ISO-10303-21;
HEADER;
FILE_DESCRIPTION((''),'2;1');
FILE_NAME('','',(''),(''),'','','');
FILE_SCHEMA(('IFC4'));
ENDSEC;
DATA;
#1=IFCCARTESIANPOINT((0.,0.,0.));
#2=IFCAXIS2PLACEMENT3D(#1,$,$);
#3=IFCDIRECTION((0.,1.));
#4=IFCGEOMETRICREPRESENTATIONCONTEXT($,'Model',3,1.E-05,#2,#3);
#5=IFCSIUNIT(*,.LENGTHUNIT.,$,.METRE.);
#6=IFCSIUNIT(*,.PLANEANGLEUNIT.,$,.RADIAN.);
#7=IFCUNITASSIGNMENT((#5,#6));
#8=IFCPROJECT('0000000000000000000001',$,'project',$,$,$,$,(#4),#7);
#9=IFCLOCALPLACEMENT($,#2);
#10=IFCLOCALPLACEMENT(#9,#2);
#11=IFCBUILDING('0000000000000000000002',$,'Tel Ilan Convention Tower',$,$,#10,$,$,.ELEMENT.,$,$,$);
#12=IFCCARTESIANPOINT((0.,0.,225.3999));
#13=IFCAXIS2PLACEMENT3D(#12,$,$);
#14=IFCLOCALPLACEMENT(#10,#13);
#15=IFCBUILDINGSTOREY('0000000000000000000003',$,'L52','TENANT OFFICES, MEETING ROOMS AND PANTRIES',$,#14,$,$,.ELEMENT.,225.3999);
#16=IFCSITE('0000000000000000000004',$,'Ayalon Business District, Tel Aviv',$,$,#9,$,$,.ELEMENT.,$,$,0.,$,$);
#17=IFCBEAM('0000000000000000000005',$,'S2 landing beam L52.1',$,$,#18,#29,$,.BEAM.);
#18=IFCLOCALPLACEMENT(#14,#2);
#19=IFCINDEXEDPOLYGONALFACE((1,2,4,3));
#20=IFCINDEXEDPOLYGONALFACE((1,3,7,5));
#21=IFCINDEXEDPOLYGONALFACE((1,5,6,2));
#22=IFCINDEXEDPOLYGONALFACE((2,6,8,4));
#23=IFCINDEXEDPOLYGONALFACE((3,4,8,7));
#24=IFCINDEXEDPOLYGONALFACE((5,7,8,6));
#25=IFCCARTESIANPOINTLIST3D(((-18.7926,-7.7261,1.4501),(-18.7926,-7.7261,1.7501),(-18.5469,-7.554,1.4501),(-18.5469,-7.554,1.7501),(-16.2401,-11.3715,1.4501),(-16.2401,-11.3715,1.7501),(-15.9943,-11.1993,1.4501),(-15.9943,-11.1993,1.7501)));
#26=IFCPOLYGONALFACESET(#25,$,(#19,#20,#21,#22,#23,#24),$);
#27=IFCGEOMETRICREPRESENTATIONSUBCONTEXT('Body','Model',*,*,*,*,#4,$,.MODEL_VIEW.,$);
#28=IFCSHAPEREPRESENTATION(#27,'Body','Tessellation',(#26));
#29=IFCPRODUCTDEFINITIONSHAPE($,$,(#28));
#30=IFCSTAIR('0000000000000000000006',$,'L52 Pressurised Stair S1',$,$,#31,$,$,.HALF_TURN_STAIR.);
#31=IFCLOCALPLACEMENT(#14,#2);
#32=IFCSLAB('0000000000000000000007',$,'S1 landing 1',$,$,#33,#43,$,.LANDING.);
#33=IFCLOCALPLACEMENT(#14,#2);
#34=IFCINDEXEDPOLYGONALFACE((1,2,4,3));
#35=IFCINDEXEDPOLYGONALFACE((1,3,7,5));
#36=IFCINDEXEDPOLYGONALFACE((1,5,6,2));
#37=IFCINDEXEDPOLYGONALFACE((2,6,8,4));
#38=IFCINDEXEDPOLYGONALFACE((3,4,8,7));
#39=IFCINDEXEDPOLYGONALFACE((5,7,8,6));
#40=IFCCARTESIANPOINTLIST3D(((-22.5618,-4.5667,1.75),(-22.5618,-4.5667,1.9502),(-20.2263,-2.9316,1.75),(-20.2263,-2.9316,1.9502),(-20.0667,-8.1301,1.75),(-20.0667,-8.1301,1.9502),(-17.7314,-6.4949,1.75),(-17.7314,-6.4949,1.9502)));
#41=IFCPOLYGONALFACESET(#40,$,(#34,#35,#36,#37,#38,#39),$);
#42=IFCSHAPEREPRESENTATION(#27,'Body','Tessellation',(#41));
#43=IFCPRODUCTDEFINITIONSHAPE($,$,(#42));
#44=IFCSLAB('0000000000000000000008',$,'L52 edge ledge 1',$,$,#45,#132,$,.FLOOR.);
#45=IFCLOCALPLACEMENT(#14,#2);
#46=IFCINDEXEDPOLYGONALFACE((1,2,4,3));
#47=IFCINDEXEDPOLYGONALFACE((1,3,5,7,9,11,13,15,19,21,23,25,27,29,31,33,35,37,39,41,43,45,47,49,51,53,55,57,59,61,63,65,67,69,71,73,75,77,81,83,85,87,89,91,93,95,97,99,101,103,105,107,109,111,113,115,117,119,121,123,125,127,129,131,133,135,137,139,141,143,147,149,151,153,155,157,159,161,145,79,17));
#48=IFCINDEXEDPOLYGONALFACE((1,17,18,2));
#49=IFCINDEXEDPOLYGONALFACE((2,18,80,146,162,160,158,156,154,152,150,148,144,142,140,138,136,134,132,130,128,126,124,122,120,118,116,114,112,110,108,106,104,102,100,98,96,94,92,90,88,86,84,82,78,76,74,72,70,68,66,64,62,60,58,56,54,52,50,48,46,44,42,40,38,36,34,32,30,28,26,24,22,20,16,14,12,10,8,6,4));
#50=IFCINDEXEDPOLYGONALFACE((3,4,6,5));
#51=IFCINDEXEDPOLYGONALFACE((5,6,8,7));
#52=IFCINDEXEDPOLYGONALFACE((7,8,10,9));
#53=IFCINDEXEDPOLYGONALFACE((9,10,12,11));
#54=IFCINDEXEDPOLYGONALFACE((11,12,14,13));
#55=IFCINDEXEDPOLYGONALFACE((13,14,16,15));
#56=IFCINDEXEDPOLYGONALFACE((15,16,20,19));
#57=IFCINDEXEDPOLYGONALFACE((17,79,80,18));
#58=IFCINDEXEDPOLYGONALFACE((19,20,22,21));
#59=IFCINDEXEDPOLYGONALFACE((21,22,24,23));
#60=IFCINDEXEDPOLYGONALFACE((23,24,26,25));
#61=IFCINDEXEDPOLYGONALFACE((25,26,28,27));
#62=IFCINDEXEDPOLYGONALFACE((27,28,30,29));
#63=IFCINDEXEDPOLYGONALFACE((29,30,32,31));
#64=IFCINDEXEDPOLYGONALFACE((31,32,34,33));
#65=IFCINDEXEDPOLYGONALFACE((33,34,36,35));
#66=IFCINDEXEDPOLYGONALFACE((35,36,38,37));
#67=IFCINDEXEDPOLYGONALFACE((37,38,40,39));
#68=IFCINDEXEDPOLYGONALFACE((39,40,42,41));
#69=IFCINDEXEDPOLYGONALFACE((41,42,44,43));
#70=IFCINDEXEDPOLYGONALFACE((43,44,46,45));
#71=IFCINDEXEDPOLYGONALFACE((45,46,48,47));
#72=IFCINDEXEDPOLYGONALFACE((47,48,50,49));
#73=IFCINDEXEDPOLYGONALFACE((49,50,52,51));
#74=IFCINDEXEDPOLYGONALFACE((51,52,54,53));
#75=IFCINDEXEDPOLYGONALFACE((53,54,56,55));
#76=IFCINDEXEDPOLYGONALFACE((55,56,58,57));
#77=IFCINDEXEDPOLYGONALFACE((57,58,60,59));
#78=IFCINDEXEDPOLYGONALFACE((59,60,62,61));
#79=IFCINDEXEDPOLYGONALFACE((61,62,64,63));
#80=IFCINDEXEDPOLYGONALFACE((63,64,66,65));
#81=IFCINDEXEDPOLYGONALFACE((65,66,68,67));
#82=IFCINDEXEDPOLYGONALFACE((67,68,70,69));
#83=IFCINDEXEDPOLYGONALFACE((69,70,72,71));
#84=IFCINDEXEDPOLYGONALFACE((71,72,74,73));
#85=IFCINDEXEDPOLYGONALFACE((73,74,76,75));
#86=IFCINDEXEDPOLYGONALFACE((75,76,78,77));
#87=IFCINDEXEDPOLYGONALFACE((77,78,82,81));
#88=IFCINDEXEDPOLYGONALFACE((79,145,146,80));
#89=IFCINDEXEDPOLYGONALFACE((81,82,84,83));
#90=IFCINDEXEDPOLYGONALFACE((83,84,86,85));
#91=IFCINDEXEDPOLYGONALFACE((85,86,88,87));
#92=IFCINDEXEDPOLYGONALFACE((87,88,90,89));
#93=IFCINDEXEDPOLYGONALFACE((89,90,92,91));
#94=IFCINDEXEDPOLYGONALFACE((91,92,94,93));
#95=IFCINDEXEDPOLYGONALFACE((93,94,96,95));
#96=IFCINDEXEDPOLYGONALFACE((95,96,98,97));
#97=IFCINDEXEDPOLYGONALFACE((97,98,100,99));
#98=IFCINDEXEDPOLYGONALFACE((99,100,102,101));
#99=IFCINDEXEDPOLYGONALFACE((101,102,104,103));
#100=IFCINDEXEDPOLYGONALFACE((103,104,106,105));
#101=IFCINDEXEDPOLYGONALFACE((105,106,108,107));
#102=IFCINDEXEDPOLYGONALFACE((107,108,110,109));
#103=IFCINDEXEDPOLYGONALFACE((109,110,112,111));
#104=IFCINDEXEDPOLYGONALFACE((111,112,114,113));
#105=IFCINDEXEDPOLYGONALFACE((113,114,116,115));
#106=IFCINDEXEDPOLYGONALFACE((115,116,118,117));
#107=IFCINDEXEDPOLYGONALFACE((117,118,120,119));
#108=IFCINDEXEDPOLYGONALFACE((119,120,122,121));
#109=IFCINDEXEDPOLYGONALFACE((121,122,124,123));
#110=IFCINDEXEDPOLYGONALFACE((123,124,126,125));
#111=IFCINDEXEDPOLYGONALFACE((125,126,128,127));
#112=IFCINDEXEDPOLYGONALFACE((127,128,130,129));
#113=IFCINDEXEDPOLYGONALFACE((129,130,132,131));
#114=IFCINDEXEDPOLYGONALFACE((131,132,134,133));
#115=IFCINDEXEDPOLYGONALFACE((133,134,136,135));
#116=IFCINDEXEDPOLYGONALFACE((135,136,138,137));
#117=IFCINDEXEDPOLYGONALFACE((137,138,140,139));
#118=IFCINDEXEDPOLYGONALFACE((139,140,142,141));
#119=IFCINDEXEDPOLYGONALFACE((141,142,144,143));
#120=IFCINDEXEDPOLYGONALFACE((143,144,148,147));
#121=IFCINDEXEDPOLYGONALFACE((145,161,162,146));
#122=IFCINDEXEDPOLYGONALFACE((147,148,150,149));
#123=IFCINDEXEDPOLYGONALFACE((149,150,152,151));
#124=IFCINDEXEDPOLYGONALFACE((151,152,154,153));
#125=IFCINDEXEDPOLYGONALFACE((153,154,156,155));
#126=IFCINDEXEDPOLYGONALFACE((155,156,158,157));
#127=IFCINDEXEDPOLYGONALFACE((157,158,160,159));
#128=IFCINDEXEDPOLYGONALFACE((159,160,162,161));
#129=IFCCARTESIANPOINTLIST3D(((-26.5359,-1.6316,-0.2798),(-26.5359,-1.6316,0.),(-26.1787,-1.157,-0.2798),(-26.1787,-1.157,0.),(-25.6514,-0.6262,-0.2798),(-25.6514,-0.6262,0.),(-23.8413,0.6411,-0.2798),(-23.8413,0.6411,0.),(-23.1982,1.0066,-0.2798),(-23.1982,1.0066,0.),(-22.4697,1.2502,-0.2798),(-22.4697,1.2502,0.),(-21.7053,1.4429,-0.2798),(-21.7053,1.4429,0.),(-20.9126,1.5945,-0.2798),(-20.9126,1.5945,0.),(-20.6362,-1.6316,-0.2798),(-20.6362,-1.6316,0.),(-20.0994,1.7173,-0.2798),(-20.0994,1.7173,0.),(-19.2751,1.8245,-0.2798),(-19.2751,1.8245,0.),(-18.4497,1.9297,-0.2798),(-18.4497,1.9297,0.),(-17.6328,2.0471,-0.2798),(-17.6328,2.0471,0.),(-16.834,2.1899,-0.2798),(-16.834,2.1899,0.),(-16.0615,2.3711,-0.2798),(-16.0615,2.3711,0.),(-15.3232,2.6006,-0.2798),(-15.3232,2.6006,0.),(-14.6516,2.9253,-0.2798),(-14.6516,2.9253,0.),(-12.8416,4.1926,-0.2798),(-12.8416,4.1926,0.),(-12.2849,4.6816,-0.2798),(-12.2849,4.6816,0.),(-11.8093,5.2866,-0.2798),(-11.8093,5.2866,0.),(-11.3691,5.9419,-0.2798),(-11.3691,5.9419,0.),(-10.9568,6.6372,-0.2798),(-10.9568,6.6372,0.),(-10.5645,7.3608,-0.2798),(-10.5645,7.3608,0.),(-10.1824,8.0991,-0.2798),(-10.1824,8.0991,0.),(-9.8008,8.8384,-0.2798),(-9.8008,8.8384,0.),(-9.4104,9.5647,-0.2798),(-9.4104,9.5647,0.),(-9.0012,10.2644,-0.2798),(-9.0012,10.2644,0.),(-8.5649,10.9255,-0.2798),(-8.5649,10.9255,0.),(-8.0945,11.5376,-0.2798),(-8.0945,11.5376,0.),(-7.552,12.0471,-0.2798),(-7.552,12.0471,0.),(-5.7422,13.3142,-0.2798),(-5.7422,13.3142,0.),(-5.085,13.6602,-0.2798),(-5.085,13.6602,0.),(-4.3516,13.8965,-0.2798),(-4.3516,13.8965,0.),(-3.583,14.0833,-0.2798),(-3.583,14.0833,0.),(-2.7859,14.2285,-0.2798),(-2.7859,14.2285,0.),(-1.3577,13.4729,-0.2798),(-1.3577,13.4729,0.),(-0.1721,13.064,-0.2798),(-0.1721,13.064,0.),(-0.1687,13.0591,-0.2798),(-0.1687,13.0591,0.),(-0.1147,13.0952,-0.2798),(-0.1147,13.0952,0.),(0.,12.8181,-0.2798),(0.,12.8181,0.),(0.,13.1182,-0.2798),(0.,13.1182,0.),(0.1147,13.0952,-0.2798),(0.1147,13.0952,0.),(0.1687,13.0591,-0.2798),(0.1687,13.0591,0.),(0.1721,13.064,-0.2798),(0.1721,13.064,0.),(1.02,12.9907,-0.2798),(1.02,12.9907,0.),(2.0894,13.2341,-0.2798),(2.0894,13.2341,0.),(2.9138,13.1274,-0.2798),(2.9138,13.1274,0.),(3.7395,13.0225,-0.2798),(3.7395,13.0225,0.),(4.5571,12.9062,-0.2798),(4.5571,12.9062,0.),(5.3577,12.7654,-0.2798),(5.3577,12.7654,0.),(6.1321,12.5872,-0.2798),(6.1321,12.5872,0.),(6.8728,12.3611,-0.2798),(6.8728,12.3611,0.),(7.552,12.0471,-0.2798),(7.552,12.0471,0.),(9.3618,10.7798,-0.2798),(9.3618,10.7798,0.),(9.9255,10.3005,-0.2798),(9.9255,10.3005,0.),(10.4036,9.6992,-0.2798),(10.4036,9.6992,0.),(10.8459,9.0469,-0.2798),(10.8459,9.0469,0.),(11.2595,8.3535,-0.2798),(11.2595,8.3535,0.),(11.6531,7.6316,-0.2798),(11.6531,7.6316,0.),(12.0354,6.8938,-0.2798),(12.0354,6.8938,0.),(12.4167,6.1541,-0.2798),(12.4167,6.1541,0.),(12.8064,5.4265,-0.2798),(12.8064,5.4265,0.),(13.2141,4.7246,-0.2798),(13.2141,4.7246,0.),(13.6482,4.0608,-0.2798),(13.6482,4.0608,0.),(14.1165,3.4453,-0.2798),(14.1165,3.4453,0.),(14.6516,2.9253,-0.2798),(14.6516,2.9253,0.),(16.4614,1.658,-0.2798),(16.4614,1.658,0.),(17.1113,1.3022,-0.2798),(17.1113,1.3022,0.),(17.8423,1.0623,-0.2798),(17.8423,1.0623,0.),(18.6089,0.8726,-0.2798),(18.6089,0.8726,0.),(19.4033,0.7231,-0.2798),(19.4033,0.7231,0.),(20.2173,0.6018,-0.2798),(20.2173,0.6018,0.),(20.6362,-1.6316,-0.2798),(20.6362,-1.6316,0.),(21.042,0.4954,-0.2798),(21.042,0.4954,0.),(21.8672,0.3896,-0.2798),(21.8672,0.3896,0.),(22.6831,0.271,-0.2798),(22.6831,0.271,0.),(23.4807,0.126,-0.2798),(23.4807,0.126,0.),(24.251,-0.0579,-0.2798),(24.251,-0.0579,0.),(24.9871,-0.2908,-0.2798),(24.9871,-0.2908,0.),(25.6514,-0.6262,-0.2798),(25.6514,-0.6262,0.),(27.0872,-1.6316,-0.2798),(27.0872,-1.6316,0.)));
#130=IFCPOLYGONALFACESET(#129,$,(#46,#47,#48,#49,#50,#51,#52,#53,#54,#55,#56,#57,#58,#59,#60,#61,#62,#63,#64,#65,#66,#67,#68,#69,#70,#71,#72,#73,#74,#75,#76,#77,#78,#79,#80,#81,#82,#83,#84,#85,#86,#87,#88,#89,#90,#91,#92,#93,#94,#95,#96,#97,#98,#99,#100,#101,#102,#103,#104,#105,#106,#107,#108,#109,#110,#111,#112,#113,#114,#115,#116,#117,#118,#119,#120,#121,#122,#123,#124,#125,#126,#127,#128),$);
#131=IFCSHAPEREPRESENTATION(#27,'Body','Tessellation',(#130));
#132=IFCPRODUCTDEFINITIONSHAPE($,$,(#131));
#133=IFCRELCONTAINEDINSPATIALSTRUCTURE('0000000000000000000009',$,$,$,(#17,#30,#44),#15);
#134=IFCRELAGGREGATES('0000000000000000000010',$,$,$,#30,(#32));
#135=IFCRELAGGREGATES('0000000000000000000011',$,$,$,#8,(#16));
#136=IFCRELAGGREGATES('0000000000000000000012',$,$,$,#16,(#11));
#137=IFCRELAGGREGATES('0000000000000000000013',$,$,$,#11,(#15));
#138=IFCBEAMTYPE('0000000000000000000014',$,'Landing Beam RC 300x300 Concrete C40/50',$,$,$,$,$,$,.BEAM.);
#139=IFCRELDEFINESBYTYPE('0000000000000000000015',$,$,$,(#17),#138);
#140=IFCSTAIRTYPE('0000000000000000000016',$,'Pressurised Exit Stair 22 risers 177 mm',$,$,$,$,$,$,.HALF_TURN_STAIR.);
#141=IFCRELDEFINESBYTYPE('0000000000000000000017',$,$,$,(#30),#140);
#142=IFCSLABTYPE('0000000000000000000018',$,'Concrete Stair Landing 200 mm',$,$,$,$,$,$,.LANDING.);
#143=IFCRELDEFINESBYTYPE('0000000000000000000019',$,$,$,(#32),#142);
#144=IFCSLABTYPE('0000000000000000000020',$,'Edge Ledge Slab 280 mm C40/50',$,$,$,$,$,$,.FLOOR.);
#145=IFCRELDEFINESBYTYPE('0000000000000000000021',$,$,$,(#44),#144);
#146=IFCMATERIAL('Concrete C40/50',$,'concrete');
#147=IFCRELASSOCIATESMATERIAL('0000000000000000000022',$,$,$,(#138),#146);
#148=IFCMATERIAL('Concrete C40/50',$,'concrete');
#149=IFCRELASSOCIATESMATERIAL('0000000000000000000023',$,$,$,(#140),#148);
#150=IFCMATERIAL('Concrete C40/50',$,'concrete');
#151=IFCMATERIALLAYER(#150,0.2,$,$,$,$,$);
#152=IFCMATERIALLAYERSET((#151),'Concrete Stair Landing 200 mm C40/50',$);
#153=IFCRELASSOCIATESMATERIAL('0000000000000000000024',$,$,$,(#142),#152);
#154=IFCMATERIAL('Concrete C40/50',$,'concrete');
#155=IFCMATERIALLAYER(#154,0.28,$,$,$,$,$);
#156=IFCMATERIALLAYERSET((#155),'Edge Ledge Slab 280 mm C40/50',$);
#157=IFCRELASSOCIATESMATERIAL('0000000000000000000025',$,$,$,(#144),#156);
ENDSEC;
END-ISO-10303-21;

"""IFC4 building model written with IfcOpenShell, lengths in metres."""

from ifc_helpers import new_model, si_unit, direction, frame, origin, origin_2d, place, context, subcontext, project, spatial, polyline, rectangle, outline, extrude, material, layer, layer_set, material_profile, profile_set, type_object, element, aggregate, save


model = new_model("IFC4")

# Units and contexts
model_context = context("Model", 3, precision=1e-05, world=origin(), true_north=direction((0.0, 1.0)))
body_context = subcontext(model_context, "Body", "Model", "MODEL_VIEW")
ifc_project = project(units=[si_unit("LENGTHUNIT", "METRE"), si_unit("PLANEANGLEUNIT", "RADIAN")], contexts=[model_context])

# Site, building, storey
site_placement = place(None, origin())
site = spatial("IfcSite", under=ifc_project, at=site_placement, Name="Ayalon Business District, Tel Aviv", CompositionType="ELEMENT", RefElevation=0.0)
building_placement = place(site_placement, origin())
building = spatial("IfcBuilding", under=site, at=building_placement, Name="Tel Ilan Convention Tower", CompositionType="ELEMENT")
storey_placement = place(building_placement, frame((0.0, 0.0, 225.3999)))
storey = spatial("IfcBuildingStorey", under=building, at=storey_placement, Name="L52", Description="TENANT OFFICES, MEETING ROOMS AND PANTRIES", CompositionType="ELEMENT", Elevation=225.3999)

# Beam
ifc_material_1 = material(Name="Concrete C40/50", Category="concrete")
ifc_material_profile = material_profile(ifc_material_1, rectangle(XDim=0.3, YDim=0.3, at=origin_2d()), Name="RC 300x300")
ifc_profile_set = profile_set([ifc_material_profile], Name="Concrete C40/50")
beam_type = type_object("IfcBeamType", Name="Landing Beam RC 300x300 Concrete C40/50", PredefinedType="BEAM", material=ifc_profile_set)
beam_placement = place(storey_placement, frame((-16.1172, -11.2854, 1.6001), z_axis=(-0.573584, 0.819147, 0.0), x_axis=(-0.819147, -0.573584, 0.0)))
element("IfcBeam", 1, at=beam_placement, inside=storey, type_object=beam_type, Name="S2 landing beam L52.1", PredefinedType="BEAM", context=body_context, shape_type="SweptSolid", body=[
    extrude(rectangle(XDim=0.3, YDim=0.3, at=origin_2d()), origin(), (0.0, 0.0, 1.0), 4.4502),
])

# Stair, slab
ifc_material_2 = material(Name="Concrete C40/50", Category="concrete")
stair_type = type_object("IfcStairType", Name="Pressurised Exit Stair 22 risers 177 mm", PredefinedType="HALF_TURN_STAIR", material=ifc_material_2)
stair_placement = place(storey_placement, origin())
stair = element("IfcStair", 2, at=stair_placement, inside=storey, type_object=stair_type, Name="L52 Pressurised Stair S1", PredefinedType="HALF_TURN_STAIR")
ifc_material_3 = material(Name="Concrete C40/50", Category="concrete")
ifc_layer_1 = layer(ifc_material_3, 0.2)
ifc_layer_set_1 = layer_set([ifc_layer_1], Name="Concrete Stair Landing 200 mm C40/50")
slab_type_1 = type_object("IfcSlabType", Name="Concrete Stair Landing 200 mm", PredefinedType="LANDING", material=ifc_layer_set_1)
slab_1_placement = place(storey_placement, frame((0.0, 0.0, 1.75)))
slab_1 = element("IfcSlab", 3, at=slab_1_placement, type_object=slab_type_1, Name="S1 landing 1", PredefinedType="LANDING", context=body_context, shape_type="SweptSolid", body=[
    extrude(outline(polyline([(-20.0667, -8.1301), (-17.7314, -6.4949), (-20.2263, -2.9316), (-22.5618, -4.5667), (-20.0667, -8.1301)])), origin(), (0.0, 0.0, 1.0), 0.2002),
])
aggregate(stair, [slab_1])

# Slab
ifc_material_4 = material(Name="Concrete C40/50", Category="concrete")
ifc_layer_2 = layer(ifc_material_4, 0.28)
ifc_layer_set_2 = layer_set([ifc_layer_2], Name="Edge Ledge Slab 280 mm C40/50")
slab_type_2 = type_object("IfcSlabType", Name="Edge Ledge Slab 280 mm C40/50", PredefinedType="FLOOR", material=ifc_layer_set_2)
slab_2_placement = place(storey_placement, frame((0.0, 0.0, -0.2798)))
element("IfcSlab", 4, at=slab_2_placement, inside=storey, type_object=slab_type_2, Name="L52 edge ledge 1", PredefinedType="FLOOR", context=body_context, shape_type="SweptSolid", body=[
    extrude(outline(polyline([(-20.9126, 1.5945), (-20.0994, 1.7173), (-19.2751, 1.8245), (-18.4497, 1.9297), (-17.6328, 2.0471), (-16.834, 2.1899), (-16.0615, 2.3711), (-15.3232, 2.6006), (-14.6516, 2.9253), (-12.8416, 4.1926), (-12.2849, 4.6816), (-11.8093, 5.2866), (-11.3691, 5.9419), (-10.9568, 6.6372), (-10.5645, 7.3608), (-10.1824, 8.0991), (-9.8008, 8.8384), (-9.4104, 9.5647), (-9.0012, 10.2644), (-8.5649, 10.9255), (-8.0945, 11.5376), (-7.552, 12.0471), (-5.7422, 13.3142), (-5.085, 13.6602), (-4.3516, 13.8965), (-3.583, 14.0833), (-2.7859, 14.2285), (-1.3577, 13.4729), (-0.1721, 13.064), (-0.1687, 13.0591), (-0.1147, 13.0952), (0.0, 13.1182), (0.1147, 13.0952), (0.1687, 13.0591), (0.1721, 13.064), (1.02, 12.9907), (2.0894, 13.2341), (2.9138, 13.1274), (3.7395, 13.0225), (4.5571, 12.9062), (5.3577, 12.7654), (6.1321, 12.5872), (6.8728, 12.3611), (7.552, 12.0471), (9.3618, 10.7798), (9.9255, 10.3005), (10.4036, 9.6992), (10.8459, 9.0469), (11.2595, 8.3535), (11.6531, 7.6316), (12.0354, 6.8938), (12.4167, 6.1541), (12.8064, 5.4265), (13.2141, 4.7246), (13.6482, 4.0608), (14.1165, 3.4453), (14.6516, 2.9253), (16.4614, 1.658), (17.1113, 1.3022), (17.8423, 1.0623), (18.6089, 0.8726), (19.4033, 0.7231), (20.2173, 0.6018), (21.042, 0.4954), (21.8672, 0.3896), (22.6831, 0.271), (23.4807, 0.126), (24.251, -0.0579), (24.9871, -0.2908), (25.6514, -0.6262), (27.0872, -1.6316), (20.6362, -1.6316), (0.0, 12.8181), (-20.6362, -1.6316), (-26.5359, -1.6316), (-26.1787, -1.157), (-25.6514, -0.6262), (-23.8413, 0.6411), (-23.1982, 1.0066), (-22.4697, 1.2502), (-21.7053, 1.4429), (-20.9126, 1.5945)])), origin(), (0.0, 0.0, 1.0), 0.2798),
])

save(model, "model.ifc")
